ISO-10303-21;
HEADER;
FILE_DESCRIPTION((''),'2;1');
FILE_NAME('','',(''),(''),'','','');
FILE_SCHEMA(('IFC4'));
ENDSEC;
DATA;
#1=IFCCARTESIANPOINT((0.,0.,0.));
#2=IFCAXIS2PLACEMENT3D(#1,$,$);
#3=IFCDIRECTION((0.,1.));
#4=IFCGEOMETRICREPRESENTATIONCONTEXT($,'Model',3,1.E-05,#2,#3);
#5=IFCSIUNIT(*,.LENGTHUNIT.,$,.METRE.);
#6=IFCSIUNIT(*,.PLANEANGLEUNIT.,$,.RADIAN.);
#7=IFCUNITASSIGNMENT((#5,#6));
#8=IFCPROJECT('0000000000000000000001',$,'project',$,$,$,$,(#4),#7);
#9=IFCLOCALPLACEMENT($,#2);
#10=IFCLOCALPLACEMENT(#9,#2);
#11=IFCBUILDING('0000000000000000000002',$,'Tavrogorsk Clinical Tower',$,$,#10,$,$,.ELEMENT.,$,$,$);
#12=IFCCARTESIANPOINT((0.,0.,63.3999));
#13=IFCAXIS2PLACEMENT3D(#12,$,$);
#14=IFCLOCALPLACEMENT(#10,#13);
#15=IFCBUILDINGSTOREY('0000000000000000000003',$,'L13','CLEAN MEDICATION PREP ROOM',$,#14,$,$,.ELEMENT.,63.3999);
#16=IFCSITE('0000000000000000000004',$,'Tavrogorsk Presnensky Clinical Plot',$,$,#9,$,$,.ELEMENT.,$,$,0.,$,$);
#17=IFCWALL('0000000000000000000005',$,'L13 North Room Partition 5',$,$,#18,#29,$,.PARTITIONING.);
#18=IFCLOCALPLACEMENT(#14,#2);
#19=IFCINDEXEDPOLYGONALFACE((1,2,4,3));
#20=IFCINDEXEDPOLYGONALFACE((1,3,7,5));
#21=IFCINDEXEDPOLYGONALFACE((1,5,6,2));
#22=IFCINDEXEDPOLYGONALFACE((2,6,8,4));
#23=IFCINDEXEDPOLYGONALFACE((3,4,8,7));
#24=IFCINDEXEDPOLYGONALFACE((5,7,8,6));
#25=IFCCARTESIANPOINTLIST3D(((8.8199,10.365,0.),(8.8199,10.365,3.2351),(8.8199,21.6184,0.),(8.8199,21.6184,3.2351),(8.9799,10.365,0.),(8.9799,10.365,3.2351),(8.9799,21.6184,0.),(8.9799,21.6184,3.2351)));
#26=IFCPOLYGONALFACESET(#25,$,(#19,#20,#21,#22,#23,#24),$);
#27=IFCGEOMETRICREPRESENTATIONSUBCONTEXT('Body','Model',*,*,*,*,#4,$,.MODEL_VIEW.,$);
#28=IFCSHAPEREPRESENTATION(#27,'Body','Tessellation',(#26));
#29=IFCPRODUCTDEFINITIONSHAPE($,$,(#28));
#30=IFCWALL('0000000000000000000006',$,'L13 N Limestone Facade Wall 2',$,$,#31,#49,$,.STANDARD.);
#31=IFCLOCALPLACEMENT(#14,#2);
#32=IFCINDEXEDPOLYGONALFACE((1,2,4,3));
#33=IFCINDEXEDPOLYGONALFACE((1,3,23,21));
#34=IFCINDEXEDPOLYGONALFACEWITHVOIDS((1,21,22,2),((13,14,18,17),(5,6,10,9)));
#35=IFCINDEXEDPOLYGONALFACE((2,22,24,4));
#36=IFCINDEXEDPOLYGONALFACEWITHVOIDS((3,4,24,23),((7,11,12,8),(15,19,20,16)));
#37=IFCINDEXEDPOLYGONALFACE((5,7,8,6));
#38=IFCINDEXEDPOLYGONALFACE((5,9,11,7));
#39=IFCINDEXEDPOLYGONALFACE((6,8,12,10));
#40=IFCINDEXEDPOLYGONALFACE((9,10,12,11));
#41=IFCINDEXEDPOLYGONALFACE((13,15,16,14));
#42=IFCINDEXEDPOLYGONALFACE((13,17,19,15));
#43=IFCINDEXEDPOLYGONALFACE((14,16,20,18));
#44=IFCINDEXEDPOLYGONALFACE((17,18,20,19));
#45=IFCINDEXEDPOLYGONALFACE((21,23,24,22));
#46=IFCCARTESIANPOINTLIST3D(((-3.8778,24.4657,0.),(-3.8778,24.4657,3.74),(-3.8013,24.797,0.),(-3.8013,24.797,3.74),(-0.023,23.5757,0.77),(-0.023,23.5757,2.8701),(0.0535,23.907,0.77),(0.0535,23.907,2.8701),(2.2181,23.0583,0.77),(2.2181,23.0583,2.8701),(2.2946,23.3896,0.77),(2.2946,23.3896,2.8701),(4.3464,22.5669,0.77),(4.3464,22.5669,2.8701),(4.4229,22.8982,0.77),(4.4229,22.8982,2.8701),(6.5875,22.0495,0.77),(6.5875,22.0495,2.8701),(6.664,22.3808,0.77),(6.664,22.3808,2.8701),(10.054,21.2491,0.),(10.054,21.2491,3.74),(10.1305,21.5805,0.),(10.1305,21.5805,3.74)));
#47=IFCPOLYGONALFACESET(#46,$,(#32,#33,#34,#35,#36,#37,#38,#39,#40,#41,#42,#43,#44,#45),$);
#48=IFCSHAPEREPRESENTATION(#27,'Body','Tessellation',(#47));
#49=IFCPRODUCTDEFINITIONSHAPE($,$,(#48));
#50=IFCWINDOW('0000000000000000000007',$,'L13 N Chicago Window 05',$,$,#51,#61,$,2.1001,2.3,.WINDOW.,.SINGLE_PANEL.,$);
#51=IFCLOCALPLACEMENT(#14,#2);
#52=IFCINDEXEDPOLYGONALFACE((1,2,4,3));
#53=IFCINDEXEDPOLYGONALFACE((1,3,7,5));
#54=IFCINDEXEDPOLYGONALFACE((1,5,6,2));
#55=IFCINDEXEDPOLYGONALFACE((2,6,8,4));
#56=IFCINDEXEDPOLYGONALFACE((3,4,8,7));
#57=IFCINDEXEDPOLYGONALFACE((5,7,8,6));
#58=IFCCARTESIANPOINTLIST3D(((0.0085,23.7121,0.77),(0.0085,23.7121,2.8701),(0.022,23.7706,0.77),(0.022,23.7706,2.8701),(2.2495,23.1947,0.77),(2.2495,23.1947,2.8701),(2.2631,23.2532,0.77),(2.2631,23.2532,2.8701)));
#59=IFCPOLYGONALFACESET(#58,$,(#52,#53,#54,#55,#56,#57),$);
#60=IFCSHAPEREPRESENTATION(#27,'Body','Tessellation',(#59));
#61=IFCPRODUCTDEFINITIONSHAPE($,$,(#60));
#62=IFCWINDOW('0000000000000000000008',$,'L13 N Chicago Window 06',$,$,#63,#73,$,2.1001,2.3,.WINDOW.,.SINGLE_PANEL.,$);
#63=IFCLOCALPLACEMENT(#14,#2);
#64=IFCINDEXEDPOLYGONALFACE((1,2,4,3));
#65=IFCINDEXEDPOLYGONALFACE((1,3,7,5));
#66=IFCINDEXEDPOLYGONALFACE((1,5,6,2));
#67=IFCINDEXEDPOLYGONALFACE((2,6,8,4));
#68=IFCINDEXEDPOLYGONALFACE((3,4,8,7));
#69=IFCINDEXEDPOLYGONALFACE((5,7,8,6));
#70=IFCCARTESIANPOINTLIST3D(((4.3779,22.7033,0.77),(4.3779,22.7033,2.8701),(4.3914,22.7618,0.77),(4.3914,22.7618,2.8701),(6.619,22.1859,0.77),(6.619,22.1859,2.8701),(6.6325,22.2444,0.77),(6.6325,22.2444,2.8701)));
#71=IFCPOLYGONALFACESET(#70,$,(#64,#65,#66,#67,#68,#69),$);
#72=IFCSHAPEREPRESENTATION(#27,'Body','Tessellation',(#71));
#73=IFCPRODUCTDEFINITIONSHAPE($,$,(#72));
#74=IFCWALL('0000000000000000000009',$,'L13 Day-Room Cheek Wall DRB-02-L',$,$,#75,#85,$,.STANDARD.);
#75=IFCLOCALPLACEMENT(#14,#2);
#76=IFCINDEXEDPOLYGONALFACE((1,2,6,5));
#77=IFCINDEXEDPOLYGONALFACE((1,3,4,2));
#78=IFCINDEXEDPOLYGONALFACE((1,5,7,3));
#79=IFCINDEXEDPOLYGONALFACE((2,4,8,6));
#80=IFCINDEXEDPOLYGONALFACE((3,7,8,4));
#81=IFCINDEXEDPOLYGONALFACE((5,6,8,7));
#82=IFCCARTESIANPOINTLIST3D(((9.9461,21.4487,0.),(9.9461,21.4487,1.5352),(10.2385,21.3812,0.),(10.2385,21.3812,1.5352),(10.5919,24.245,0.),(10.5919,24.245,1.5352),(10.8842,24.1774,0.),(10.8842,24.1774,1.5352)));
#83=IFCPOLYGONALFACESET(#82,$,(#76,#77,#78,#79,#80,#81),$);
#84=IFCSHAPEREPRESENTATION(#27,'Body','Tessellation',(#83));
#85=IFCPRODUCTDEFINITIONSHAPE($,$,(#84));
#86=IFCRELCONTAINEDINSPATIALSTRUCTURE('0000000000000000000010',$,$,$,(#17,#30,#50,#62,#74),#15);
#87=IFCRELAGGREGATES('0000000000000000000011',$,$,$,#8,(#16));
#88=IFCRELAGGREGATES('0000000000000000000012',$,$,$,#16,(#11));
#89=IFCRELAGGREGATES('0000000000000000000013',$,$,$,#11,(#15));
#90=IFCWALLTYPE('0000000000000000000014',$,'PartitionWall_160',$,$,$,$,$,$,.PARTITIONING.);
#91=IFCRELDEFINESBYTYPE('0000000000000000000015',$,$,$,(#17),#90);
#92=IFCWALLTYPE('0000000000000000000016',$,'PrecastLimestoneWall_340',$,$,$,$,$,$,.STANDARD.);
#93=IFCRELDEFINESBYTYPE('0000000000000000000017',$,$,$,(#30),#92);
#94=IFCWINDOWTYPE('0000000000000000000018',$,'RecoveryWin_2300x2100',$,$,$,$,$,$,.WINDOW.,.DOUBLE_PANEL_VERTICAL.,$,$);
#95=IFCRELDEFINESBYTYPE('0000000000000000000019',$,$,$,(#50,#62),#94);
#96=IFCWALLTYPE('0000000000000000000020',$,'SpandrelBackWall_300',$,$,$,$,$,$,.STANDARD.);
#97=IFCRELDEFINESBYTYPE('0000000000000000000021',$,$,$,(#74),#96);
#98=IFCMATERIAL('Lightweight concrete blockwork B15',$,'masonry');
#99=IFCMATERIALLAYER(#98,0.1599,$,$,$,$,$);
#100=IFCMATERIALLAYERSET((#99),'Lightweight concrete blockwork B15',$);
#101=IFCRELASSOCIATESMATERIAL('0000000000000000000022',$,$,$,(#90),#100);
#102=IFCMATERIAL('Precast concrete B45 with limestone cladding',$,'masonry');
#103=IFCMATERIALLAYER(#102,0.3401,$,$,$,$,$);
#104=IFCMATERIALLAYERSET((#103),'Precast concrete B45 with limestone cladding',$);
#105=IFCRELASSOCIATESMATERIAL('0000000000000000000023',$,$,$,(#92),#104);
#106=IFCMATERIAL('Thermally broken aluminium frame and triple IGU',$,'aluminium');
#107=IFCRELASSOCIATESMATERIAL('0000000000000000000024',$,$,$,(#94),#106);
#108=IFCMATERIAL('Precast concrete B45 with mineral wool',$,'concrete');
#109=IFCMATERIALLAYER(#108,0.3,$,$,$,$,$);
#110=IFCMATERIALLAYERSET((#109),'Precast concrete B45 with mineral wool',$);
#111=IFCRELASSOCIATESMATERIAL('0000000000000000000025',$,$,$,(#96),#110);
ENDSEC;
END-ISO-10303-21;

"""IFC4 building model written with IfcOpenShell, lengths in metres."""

from ifc_helpers import new_model, si_unit, direction, frame, frame_2d, origin, place, context, subcontext, project, spatial, rectangle, extrude, material, layer, layer_set, type_object, element, fill, save


model = new_model("IFC4")

# Units and contexts
model_context = context("Model", 3, precision=1e-05, world=origin(), true_north=direction((0.0, 1.0)))
body_context = subcontext(model_context, "Body", "Model", "MODEL_VIEW")
ifc_project = project(units=[si_unit("LENGTHUNIT", "METRE"), si_unit("PLANEANGLEUNIT", "RADIAN")], contexts=[model_context])

# Site, building, storey
site_placement = place(None, origin())
site = spatial("IfcSite", under=ifc_project, at=site_placement, Name="Tavrogorsk Presnensky Clinical Plot", CompositionType="ELEMENT", RefElevation=0.0)
building_placement = place(site_placement, origin())
building = spatial("IfcBuilding", under=site, at=building_placement, Name="Tavrogorsk Clinical Tower", CompositionType="ELEMENT")
storey_placement = place(building_placement, frame((0.0, 0.0, 63.3999)))
storey = spatial("IfcBuildingStorey", under=building, at=storey_placement, Name="L13", Description="CLEAN MEDICATION PREP ROOM", CompositionType="ELEMENT", Elevation=63.3999)

# Shared definitions
ifc_material_1 = material(Name="Lightweight concrete blockwork B15", Category="masonry")
ifc_layer_1 = layer(ifc_material_1, 0.1599)
ifc_layer_set_1 = layer_set([ifc_layer_1], Name="Lightweight concrete blockwork B15")
wall_type_1 = type_object("IfcWallType", Name="PartitionWall_160", PredefinedType="PARTITIONING", material=ifc_layer_set_1)

# Wall
wall_1_placement = place(storey_placement, frame((8.8999, 10.365, 0.0), z_axis=(0.0, 0.0, 1.0), x_axis=(0.0, 1.0, 0.0)))
element("IfcWall", 1, at=wall_1_placement, inside=storey, type_object=wall_type_1, Name="L13 North Room Partition 5", PredefinedType="PARTITIONING", context=body_context, shape_type="SweptSolid", body=[
    extrude(rectangle(XDim=11.2534, YDim=0.1599, at=frame_2d((5.6267, 0.0))), origin(), (0.0, 0.0, 1.0), 3.2351),
])

# Wall, openings, windows
ifc_material_2 = material(Name="Precast concrete B45 with limestone cladding", Category="masonry")
ifc_layer_2 = layer(ifc_material_2, 0.3401)
ifc_layer_set_2 = layer_set([ifc_layer_2], Name="Precast concrete B45 with limestone cladding")
wall_type_2 = type_object("IfcWallType", Name="PrecastLimestoneWall_340", PredefinedType="STANDARD", material=ifc_layer_set_2)
wall_2_placement = place(storey_placement, frame((10.0923, 21.4148, 0.0), z_axis=(0.0, 0.0, 1.0), x_axis=(-0.974368, 0.224959, 0.0)))
wall_2 = element("IfcWall", 2, at=wall_2_placement, inside=storey, type_object=wall_type_2, Name="L13 N Limestone Facade Wall 2", PredefinedType="STANDARD", context=body_context, shape_type="SweptSolid", body=[
    extrude(rectangle(XDim=14.2983, YDim=0.3401, at=frame_2d((7.1492, 0.0))), origin(), (0.0, 0.0, 1.0), 3.74),
])
opening_1_placement = place(wall_2_placement, frame((8.0422, 0.0, 0.77)))
opening_1 = element("IfcOpeningElement", 3, at=opening_1_placement, cuts=wall_2, PredefinedType="OPENING", context=body_context, shape_type="SweptSolid", body=[
    extrude(rectangle(XDim=2.3, YDim=2.1001, at=frame_2d((1.1499, 1.05))), frame((0.0, 0.1799, 0.0), z_axis=(0.0, -1.0, 0.0), x_axis=(1.0, 0.0, 0.0)), (0.0, 0.0, 1.0), 0.3601),
])
opening_2_placement = place(wall_2_placement, frame((3.5579, 0.0, 0.77)))
opening_2 = element("IfcOpeningElement", 4, at=opening_2_placement, cuts=wall_2, PredefinedType="OPENING", context=body_context, shape_type="SweptSolid", body=[
    extrude(rectangle(XDim=2.3, YDim=2.1001, at=frame_2d((1.1499, 1.05))), frame((0.0, 0.1799, 0.0), z_axis=(0.0, -1.0, 0.0), x_axis=(1.0, 0.0, 0.0)), (0.0, 0.0, 1.0), 0.3601),
])
ifc_material_3 = material(Name="Thermally broken aluminium frame and triple IGU", Category="aluminium")
window_type = type_object("IfcWindowType", Name="RecoveryWin_2300x2100", PartitioningType="DOUBLE_PANEL_VERTICAL", PredefinedType="WINDOW", material=ifc_material_3)
window_1_placement = place(opening_1_placement, origin())
window_1 = element("IfcWindow", 5, at=window_1_placement, inside=storey, type_object=window_type, Name="L13 N Chicago Window 05", OverallHeight=2.1001, OverallWidth=2.3, PartitioningType="SINGLE_PANEL", PredefinedType="WINDOW", context=body_context, shape_type="SweptSolid", body=[
    extrude(rectangle(XDim=2.3, YDim=2.1001, at=frame_2d((1.1499, 1.05))), frame((0.0, 0.03, 0.0), z_axis=(0.0, -1.0, 0.0), x_axis=(1.0, 0.0, 0.0)), (0.0, 0.0, 1.0), 0.0601),
])
fill(opening_1, window_1)
window_2_placement = place(opening_2_placement, origin())
window_2 = element("IfcWindow", 6, at=window_2_placement, inside=storey, type_object=window_type, Name="L13 N Chicago Window 06", OverallHeight=2.1001, OverallWidth=2.3, PartitioningType="SINGLE_PANEL", PredefinedType="WINDOW", context=body_context, shape_type="SweptSolid", body=[
    extrude(rectangle(XDim=2.3, YDim=2.1001, at=frame_2d((1.1499, 1.05))), frame((0.0, 0.03, 0.0), z_axis=(0.0, -1.0, 0.0), x_axis=(1.0, 0.0, 0.0)), (0.0, 0.0, 1.0), 0.0601),
])
fill(opening_2, window_2)

# Wall
ifc_material_4 = material(Name="Precast concrete B45 with mineral wool", Category="concrete")
ifc_layer_3 = layer(ifc_material_4, 0.3)
ifc_layer_set_3 = layer_set([ifc_layer_3], Name="Precast concrete B45 with mineral wool")
wall_type_3 = type_object("IfcWallType", Name="SpandrelBackWall_300", PredefinedType="STANDARD", material=ifc_layer_set_3)
wall_3_placement = place(storey_placement, frame((10.0923, 21.4148, 0.0), z_axis=(0.0, 0.0, 1.0), x_axis=(0.225002, 0.974358, 0.0)))
element("IfcWall", 7, at=wall_3_placement, inside=storey, type_object=wall_type_3, Name="L13 Day-Room Cheek Wall DRB-02-L", PredefinedType="STANDARD", context=body_context, shape_type="SweptSolid", body=[
    extrude(rectangle(XDim=2.8699, YDim=0.3, at=frame_2d((1.4351, 0.0))), origin(), (0.0, 0.0, 1.0), 1.5352),
])

save(model, "model.ifc")
